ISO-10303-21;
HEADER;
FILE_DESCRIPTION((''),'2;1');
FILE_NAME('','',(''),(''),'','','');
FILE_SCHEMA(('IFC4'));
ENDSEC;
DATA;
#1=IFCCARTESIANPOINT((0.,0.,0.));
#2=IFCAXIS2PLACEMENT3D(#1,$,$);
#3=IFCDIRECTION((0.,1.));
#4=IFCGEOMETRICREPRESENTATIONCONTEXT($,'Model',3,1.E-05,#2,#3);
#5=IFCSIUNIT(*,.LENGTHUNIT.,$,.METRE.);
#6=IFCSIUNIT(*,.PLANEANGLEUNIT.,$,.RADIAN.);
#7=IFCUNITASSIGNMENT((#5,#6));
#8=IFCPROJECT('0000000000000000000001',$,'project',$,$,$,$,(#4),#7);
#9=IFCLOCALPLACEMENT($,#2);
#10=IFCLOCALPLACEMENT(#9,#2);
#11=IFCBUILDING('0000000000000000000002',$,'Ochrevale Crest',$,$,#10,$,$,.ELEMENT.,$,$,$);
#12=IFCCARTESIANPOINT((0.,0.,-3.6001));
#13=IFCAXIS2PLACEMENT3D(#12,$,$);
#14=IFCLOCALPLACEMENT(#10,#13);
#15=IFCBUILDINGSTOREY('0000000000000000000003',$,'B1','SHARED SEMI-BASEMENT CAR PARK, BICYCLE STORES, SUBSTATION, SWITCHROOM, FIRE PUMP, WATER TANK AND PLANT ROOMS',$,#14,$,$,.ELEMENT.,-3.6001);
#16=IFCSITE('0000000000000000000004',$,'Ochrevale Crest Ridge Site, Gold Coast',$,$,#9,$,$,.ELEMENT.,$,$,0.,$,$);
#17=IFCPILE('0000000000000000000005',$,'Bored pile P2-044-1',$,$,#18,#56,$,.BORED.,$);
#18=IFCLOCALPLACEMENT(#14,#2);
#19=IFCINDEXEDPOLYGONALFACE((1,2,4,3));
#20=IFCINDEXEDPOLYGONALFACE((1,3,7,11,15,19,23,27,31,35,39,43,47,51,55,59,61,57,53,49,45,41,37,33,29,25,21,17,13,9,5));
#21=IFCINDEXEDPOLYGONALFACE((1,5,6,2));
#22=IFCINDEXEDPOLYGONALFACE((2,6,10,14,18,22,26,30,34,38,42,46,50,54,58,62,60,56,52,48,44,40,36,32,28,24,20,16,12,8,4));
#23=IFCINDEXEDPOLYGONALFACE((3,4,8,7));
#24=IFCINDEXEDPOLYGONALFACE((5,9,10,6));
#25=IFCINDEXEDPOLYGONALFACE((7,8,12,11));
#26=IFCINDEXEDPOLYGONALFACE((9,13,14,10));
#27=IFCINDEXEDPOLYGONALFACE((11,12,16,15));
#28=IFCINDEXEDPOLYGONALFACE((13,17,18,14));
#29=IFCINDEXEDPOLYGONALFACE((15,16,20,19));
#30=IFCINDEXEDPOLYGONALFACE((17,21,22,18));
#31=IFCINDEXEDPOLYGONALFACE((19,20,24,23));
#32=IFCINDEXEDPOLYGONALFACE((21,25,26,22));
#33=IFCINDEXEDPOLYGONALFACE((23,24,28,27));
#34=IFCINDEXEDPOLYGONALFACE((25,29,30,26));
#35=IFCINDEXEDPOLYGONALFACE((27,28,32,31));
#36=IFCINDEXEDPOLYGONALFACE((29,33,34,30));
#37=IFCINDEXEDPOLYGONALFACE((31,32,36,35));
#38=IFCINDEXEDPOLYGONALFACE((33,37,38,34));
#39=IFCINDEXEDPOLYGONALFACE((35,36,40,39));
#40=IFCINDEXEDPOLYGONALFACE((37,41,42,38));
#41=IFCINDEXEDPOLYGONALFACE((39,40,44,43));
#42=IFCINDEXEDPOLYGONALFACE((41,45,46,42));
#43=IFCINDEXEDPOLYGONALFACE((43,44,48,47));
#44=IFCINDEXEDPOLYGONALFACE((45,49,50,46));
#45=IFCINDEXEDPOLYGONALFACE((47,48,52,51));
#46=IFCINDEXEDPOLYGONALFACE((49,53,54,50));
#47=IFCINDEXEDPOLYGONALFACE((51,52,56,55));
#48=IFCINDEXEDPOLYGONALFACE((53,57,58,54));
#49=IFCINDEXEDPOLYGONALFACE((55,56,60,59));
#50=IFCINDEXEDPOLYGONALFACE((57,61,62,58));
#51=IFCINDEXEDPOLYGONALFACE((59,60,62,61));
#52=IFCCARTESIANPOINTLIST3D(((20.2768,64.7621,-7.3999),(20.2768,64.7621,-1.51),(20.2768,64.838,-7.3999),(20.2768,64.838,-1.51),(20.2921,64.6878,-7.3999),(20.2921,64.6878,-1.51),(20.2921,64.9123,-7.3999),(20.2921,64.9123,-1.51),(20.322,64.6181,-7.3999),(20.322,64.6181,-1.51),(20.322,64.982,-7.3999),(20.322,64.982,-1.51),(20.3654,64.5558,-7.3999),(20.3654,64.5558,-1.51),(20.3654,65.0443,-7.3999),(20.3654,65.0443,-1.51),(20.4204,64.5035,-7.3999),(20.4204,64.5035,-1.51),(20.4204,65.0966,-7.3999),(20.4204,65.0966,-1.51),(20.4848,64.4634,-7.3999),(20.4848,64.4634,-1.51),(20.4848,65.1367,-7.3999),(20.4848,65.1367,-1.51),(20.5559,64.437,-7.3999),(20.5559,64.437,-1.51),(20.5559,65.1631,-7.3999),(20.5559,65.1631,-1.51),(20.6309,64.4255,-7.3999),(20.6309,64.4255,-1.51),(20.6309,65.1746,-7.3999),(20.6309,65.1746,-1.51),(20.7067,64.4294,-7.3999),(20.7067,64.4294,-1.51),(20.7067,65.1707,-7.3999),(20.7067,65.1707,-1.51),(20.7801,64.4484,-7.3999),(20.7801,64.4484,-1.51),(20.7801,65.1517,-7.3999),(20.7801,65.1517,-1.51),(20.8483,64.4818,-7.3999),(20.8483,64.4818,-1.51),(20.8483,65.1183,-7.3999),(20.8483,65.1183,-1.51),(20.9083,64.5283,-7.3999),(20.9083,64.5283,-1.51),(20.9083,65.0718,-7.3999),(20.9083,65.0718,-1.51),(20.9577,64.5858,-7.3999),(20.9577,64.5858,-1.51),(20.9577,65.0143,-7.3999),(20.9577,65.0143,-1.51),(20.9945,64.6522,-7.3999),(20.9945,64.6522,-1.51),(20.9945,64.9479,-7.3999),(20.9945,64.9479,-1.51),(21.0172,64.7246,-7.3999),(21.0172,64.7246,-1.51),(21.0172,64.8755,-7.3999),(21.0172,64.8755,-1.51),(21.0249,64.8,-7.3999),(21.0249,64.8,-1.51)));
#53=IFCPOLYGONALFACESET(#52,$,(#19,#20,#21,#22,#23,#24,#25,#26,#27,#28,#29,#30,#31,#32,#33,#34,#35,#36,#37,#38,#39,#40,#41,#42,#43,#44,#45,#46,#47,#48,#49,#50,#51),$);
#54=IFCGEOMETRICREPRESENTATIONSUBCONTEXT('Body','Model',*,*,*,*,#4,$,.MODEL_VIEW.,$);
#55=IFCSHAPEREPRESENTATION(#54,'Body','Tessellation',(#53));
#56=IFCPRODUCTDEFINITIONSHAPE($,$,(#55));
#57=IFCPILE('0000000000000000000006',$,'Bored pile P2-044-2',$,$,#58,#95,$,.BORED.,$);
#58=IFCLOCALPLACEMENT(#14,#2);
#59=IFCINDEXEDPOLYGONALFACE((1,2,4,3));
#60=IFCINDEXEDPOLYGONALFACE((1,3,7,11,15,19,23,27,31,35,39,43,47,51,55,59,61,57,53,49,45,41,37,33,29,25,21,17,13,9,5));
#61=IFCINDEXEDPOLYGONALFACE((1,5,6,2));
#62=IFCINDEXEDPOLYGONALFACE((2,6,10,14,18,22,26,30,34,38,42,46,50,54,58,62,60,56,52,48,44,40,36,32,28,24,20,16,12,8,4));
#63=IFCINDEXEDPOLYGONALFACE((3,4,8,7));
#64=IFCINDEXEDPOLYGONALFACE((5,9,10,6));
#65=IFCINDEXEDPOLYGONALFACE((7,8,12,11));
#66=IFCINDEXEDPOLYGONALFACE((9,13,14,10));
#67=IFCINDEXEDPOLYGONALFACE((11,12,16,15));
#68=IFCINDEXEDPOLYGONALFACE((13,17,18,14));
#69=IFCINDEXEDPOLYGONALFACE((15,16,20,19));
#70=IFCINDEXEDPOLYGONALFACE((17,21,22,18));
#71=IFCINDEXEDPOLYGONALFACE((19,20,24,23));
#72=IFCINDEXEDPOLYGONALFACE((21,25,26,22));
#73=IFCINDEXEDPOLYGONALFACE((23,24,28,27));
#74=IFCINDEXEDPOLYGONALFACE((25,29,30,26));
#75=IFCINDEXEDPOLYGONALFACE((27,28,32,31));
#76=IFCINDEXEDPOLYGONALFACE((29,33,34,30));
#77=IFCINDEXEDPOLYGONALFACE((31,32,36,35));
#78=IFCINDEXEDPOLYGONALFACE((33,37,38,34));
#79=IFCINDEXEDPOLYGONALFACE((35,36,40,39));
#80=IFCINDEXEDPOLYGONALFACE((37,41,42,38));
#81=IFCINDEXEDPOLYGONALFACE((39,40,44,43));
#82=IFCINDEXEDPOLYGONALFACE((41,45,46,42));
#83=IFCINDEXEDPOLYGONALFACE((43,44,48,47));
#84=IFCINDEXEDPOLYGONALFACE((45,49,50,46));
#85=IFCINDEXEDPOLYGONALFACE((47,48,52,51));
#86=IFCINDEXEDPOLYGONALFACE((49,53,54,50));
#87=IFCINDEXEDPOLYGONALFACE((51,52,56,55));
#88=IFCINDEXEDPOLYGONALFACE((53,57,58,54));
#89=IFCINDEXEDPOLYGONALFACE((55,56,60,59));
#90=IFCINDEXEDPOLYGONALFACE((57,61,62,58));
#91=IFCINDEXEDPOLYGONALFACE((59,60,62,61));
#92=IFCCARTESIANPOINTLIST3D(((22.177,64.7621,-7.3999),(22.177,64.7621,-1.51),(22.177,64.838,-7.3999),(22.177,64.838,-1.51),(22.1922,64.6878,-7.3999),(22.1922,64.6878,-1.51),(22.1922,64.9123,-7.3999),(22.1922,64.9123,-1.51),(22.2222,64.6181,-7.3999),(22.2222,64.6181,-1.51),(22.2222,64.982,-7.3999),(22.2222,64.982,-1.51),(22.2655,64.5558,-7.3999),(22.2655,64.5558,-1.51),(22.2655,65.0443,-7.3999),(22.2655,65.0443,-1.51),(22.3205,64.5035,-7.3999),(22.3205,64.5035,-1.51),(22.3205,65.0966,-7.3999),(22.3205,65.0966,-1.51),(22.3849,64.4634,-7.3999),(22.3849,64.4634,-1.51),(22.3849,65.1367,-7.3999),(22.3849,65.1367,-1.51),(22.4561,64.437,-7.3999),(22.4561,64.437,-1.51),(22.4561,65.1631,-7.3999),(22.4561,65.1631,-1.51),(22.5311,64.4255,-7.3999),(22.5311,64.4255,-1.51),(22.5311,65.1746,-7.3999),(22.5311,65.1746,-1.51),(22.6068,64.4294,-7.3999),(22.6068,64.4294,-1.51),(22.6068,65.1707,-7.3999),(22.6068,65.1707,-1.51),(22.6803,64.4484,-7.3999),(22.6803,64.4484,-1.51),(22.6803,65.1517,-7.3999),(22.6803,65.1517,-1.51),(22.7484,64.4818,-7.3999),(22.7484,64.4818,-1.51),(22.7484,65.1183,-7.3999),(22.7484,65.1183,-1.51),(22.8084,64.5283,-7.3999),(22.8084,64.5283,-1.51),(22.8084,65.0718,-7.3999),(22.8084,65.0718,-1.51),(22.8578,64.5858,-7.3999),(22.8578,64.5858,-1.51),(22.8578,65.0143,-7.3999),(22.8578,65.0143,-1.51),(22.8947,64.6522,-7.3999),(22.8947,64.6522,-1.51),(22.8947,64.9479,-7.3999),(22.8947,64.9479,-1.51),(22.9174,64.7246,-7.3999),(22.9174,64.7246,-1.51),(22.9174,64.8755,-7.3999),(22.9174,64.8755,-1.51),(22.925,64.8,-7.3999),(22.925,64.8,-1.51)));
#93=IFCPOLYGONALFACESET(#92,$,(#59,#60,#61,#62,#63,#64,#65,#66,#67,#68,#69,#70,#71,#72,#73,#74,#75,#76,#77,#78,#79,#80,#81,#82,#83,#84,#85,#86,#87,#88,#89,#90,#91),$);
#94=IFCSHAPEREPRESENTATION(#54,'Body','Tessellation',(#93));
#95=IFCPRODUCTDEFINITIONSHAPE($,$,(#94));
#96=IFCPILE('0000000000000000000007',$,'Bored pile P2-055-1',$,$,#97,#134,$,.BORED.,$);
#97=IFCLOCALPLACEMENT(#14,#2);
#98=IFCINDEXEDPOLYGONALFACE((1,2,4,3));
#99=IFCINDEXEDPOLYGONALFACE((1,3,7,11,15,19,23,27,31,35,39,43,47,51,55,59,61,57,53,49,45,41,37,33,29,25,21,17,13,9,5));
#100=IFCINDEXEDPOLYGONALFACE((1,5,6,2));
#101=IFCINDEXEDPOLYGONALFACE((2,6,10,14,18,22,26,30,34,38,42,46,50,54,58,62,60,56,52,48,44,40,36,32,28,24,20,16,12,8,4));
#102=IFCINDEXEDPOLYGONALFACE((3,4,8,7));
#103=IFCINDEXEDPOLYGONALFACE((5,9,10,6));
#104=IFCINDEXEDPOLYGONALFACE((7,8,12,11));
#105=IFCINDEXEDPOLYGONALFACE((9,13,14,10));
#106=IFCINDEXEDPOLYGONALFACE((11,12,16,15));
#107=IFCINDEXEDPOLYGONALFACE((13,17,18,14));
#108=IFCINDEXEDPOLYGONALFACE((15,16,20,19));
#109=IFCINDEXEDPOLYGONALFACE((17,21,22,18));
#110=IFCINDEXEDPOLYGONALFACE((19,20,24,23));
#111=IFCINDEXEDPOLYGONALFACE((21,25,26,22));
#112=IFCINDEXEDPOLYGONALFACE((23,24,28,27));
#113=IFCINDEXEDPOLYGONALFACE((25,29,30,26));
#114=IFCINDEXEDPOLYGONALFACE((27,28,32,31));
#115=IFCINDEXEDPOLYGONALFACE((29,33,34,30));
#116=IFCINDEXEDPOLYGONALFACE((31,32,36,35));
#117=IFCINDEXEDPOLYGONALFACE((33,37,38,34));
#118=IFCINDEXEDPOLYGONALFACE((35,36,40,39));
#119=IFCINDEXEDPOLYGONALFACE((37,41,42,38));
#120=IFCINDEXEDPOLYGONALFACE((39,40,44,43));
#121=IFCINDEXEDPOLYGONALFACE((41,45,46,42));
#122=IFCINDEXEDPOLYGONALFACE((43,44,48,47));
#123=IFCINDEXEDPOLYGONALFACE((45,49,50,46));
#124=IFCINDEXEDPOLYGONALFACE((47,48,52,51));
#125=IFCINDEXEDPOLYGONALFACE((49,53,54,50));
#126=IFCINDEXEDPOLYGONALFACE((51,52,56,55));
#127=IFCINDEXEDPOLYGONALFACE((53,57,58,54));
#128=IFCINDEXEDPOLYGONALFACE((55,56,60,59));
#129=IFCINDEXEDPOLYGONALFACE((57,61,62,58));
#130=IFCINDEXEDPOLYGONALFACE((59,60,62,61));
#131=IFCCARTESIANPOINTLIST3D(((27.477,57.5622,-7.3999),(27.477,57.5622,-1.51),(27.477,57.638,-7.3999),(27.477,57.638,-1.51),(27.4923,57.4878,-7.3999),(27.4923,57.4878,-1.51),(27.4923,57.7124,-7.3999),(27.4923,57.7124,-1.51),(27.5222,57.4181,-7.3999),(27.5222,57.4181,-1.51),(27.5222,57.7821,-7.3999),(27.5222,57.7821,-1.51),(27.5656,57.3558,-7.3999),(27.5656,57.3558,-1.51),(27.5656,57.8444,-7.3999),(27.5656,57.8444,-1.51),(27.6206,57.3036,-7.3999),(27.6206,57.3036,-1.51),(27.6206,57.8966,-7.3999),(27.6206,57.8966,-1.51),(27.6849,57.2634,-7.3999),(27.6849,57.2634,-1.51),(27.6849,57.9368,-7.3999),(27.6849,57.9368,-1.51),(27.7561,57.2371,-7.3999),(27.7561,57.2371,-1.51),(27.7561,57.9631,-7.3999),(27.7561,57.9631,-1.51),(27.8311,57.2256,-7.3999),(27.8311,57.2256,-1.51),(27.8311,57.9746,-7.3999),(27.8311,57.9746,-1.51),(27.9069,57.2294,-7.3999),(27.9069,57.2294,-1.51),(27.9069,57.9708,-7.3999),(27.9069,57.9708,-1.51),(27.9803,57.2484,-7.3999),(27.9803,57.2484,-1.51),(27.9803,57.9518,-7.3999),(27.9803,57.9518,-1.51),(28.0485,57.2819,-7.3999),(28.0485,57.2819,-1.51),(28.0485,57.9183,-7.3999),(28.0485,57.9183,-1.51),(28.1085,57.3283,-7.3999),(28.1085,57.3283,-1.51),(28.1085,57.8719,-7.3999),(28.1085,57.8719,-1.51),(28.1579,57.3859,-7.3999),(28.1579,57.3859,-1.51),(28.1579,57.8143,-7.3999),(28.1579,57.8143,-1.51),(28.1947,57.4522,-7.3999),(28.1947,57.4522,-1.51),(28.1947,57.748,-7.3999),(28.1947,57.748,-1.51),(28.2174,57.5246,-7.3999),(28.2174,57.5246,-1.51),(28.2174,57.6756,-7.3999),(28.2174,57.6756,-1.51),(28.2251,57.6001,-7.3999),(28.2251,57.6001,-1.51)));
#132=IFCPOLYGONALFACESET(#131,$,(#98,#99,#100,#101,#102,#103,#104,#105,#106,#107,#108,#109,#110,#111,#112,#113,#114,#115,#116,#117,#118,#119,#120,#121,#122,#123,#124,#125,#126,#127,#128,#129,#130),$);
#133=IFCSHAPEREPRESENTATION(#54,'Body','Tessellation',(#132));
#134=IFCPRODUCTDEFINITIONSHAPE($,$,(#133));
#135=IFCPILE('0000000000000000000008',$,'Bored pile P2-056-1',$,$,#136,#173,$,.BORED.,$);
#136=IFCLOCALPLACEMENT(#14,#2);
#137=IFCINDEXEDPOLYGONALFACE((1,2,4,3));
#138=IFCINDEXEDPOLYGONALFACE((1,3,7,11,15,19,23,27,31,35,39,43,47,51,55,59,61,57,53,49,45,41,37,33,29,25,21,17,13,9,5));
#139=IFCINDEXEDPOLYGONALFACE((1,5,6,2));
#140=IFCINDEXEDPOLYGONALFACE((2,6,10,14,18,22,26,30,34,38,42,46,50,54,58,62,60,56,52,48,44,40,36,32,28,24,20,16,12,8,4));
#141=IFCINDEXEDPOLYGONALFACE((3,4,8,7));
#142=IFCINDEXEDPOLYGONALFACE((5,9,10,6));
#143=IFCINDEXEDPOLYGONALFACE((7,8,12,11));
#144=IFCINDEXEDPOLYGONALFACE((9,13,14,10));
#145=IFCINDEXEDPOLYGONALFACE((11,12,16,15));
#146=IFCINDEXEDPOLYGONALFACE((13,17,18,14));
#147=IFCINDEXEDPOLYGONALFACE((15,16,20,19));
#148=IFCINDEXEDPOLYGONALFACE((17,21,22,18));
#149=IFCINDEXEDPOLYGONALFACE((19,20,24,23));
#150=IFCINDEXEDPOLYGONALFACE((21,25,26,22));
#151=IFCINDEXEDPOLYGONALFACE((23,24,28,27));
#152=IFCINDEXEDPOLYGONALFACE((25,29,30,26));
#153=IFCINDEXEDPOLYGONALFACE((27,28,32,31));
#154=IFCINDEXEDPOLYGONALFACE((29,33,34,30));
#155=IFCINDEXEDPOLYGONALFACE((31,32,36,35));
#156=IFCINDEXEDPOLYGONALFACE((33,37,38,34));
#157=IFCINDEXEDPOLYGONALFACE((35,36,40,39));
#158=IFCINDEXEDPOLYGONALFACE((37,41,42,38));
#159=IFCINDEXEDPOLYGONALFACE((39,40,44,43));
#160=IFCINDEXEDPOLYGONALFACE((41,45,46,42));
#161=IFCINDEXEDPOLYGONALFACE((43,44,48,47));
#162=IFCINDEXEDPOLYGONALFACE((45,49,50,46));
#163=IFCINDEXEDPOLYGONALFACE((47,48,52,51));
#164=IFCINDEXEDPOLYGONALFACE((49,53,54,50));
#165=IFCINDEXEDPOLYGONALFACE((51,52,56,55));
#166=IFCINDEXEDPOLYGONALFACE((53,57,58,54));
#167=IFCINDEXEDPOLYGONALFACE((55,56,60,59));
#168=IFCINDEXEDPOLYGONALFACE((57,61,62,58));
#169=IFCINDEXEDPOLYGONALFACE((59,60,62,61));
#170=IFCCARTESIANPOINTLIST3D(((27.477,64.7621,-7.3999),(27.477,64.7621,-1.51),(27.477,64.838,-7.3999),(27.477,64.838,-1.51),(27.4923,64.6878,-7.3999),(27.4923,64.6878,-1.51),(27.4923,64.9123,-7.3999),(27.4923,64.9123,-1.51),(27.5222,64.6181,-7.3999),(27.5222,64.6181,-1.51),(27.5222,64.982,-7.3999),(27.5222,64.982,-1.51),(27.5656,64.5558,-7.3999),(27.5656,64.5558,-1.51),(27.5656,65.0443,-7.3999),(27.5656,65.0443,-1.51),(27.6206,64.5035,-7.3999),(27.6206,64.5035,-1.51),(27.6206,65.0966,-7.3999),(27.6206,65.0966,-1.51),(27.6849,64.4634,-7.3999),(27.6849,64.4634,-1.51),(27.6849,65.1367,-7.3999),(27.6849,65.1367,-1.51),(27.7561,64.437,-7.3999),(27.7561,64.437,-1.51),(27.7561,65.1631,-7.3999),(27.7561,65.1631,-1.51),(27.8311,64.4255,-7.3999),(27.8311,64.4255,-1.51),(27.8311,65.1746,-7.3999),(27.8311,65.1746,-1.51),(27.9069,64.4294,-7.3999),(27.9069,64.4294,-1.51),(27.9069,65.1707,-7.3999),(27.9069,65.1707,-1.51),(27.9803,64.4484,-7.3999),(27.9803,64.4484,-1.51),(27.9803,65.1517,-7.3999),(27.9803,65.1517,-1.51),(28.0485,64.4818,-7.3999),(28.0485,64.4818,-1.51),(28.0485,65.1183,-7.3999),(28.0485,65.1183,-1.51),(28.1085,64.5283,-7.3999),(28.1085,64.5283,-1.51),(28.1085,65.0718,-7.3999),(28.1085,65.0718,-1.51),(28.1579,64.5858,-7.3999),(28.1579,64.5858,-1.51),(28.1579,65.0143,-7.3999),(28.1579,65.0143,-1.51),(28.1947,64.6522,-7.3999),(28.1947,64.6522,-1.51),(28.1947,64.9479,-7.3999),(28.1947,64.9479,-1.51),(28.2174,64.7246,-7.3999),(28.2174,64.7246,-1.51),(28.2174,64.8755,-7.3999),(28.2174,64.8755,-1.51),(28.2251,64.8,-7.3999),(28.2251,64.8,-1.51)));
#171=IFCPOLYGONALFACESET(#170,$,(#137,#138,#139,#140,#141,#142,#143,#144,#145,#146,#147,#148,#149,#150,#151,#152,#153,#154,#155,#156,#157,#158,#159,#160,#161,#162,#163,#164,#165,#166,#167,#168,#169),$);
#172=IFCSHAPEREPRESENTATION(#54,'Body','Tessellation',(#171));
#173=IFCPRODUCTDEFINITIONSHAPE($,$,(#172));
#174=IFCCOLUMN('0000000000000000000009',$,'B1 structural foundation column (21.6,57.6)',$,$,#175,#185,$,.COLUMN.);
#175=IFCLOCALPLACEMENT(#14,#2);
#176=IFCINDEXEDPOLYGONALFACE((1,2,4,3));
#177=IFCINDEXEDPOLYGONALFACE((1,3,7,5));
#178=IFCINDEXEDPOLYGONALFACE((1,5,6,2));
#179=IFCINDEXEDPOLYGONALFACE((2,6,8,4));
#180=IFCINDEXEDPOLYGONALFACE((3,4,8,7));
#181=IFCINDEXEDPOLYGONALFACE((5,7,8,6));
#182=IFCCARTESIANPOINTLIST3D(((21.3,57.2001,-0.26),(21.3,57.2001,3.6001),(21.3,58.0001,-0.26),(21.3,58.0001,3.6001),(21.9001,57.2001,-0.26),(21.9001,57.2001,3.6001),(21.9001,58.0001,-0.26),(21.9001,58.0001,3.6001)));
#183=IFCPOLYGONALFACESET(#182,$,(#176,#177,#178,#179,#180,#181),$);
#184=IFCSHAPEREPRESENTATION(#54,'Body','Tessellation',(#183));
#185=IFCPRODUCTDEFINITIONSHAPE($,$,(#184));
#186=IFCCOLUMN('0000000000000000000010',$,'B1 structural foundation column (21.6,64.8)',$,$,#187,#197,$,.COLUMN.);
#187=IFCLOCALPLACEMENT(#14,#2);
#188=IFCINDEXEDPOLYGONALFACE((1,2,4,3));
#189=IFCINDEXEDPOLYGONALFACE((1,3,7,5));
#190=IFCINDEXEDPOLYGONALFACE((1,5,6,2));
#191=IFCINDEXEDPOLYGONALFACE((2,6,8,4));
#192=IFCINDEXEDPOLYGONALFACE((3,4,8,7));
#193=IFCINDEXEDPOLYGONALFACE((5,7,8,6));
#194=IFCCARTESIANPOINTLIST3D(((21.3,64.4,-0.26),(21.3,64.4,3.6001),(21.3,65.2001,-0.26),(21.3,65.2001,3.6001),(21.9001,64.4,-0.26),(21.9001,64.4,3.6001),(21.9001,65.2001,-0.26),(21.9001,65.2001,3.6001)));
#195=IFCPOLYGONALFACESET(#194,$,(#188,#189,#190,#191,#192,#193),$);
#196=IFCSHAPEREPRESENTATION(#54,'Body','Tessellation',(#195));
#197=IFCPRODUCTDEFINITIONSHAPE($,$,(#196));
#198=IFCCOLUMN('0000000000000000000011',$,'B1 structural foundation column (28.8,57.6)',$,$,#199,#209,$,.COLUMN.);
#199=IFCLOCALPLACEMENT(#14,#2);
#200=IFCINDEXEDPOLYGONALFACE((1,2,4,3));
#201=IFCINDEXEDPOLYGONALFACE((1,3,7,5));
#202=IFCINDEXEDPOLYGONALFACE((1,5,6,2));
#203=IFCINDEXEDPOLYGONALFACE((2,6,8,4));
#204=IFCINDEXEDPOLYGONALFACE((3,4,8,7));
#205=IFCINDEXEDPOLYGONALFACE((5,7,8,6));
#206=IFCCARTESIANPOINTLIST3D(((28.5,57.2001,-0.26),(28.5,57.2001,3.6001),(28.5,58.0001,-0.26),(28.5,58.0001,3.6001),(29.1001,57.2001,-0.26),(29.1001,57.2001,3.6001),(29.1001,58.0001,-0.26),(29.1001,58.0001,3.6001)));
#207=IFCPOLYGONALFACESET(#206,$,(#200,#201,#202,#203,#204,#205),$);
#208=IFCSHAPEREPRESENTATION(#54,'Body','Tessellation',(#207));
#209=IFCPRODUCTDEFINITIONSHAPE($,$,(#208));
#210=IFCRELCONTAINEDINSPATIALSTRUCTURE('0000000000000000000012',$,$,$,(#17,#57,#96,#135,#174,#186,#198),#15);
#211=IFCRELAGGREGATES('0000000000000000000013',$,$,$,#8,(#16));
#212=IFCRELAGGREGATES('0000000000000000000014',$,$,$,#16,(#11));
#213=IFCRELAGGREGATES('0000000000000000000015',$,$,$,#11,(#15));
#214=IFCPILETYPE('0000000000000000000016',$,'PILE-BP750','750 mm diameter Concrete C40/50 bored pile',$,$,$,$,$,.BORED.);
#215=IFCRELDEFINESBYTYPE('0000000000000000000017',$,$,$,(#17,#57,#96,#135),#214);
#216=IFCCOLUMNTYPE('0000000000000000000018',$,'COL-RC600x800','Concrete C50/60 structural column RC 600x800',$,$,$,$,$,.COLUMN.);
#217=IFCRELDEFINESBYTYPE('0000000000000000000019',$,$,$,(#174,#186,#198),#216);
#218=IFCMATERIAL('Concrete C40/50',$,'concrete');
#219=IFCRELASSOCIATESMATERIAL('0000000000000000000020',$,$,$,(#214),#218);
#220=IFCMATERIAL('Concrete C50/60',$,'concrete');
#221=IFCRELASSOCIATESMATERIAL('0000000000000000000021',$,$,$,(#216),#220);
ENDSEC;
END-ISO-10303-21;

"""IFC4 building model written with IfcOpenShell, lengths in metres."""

from ifc_helpers import new_model, si_unit, direction, frame, origin, origin_2d, place, context, subcontext, project, spatial, rectangle, circle, extrude, material, material_profile, profile_set, type_object, element, save


model = new_model("IFC4")

# Units and contexts
model_context = context("Model", 3, precision=1e-05, world=origin(), true_north=direction((0.0, 1.0)))
body_context = subcontext(model_context, "Body", "Model", "MODEL_VIEW")
ifc_project = project(units=[si_unit("LENGTHUNIT", "METRE"), si_unit("PLANEANGLEUNIT", "RADIAN")], contexts=[model_context])

# Site, building, storey
site_placement = place(None, origin())
site = spatial("IfcSite", under=ifc_project, at=site_placement, Name="Ochrevale Crest Ridge Site, Gold Coast", CompositionType="ELEMENT", RefElevation=0.0)
building_placement = place(site_placement, origin())
building = spatial("IfcBuilding", under=site, at=building_placement, Name="Ochrevale Crest", CompositionType="ELEMENT")
storey_placement = place(building_placement, frame((0.0, 0.0, -3.6001)))
storey = spatial("IfcBuildingStorey", under=building, at=storey_placement, Name="B1", Description="SHARED SEMI-BASEMENT CAR PARK, BICYCLE STORES, SUBSTATION, SWITCHROOM, FIRE PUMP, WATER TANK AND PLANT ROOMS", CompositionType="ELEMENT", Elevation=-3.6001)

# Shared definitions
ifc_material_1 = material(Name="Concrete C40/50", Category="concrete")

# Piles
ifc_material_profile_1 = material_profile(ifc_material_1, circle(Radius=0.375, at=origin_2d()), Name="BORED PILE 750")
ifc_profile_set_1 = profile_set([ifc_material_profile_1], Name="Concrete C40/50")
pile_type = type_object("IfcPileType", Name="PILE-BP750", Description="750 mm diameter Concrete C40/50 bored pile", PredefinedType="BORED", material=ifc_profile_set_1)
for number, where, z_axis, x_axis, name in (
    (1, (20.6499, 64.8, -1.51), (0.0, 0.0, -1.0), (1.0, 0.0, 0.0), "Bored pile P2-044-1"),
    (2, (22.55, 64.8, -1.51), (0.0, 0.0, -1.0), (1.0, 0.0, 0.0), "Bored pile P2-044-2"),
    (3, (27.8501, 57.6001, -1.51), (0.0, 0.0, -1.0), (1.0, 0.0, 0.0), "Bored pile P2-055-1"),
    (4, (27.8501, 64.8, -1.51), (0.0, 0.0, -1.0), (1.0, 0.0, 0.0), "Bored pile P2-056-1"),
):
    element("IfcPile", number, at=place(storey_placement, frame(where, z_axis=z_axis, x_axis=x_axis)), inside=storey, type_object=pile_type, Name=name, PredefinedType="BORED", context=body_context, shape_type="SweptSolid", body=[
        extrude(circle(Radius=0.375, at=origin_2d()), origin(), (0.0, 0.0, 1.0), 5.8899),
    ])

# Columns
ifc_material_2 = material(Name="Concrete C50/60", Category="concrete")
ifc_material_profile_2 = material_profile(ifc_material_2, rectangle(XDim=0.6001, YDim=0.8, at=origin_2d()), Name="RC 600x800")
ifc_profile_set_2 = profile_set([ifc_material_profile_2], Name="Concrete C50/60")
column_type = type_object("IfcColumnType", Name="COL-RC600x800", Description="Concrete C50/60 structural column RC 600x800", PredefinedType="COLUMN", material=ifc_profile_set_2)
for number, where, z_axis, x_axis, name in (
    (5, (21.6001, 57.6001, -0.26), (0.0, 0.0, 1.0), (1.0, 0.0, 0.0), "B1 structural foundation column (21.6,57.6)"),
    (6, (21.6001, 64.8, -0.26), (0.0, 0.0, 1.0), (1.0, 0.0, 0.0), "B1 structural foundation column (21.6,64.8)"),
    (7, (28.8, 57.6001, -0.26), (0.0, 0.0, 1.0), (1.0, 0.0, 0.0), "B1 structural foundation column (28.8,57.6)"),
):
    element("IfcColumn", number, at=place(storey_placement, frame(where, z_axis=z_axis, x_axis=x_axis)), inside=storey, type_object=column_type, Name=name, PredefinedType="COLUMN", context=body_context, shape_type="SweptSolid", body=[
        extrude(rectangle(XDim=0.6001, YDim=0.8, at=origin_2d()), origin(), (0.0, 0.0, 1.0), 3.8601),
    ])

save(model, "model.ifc")
